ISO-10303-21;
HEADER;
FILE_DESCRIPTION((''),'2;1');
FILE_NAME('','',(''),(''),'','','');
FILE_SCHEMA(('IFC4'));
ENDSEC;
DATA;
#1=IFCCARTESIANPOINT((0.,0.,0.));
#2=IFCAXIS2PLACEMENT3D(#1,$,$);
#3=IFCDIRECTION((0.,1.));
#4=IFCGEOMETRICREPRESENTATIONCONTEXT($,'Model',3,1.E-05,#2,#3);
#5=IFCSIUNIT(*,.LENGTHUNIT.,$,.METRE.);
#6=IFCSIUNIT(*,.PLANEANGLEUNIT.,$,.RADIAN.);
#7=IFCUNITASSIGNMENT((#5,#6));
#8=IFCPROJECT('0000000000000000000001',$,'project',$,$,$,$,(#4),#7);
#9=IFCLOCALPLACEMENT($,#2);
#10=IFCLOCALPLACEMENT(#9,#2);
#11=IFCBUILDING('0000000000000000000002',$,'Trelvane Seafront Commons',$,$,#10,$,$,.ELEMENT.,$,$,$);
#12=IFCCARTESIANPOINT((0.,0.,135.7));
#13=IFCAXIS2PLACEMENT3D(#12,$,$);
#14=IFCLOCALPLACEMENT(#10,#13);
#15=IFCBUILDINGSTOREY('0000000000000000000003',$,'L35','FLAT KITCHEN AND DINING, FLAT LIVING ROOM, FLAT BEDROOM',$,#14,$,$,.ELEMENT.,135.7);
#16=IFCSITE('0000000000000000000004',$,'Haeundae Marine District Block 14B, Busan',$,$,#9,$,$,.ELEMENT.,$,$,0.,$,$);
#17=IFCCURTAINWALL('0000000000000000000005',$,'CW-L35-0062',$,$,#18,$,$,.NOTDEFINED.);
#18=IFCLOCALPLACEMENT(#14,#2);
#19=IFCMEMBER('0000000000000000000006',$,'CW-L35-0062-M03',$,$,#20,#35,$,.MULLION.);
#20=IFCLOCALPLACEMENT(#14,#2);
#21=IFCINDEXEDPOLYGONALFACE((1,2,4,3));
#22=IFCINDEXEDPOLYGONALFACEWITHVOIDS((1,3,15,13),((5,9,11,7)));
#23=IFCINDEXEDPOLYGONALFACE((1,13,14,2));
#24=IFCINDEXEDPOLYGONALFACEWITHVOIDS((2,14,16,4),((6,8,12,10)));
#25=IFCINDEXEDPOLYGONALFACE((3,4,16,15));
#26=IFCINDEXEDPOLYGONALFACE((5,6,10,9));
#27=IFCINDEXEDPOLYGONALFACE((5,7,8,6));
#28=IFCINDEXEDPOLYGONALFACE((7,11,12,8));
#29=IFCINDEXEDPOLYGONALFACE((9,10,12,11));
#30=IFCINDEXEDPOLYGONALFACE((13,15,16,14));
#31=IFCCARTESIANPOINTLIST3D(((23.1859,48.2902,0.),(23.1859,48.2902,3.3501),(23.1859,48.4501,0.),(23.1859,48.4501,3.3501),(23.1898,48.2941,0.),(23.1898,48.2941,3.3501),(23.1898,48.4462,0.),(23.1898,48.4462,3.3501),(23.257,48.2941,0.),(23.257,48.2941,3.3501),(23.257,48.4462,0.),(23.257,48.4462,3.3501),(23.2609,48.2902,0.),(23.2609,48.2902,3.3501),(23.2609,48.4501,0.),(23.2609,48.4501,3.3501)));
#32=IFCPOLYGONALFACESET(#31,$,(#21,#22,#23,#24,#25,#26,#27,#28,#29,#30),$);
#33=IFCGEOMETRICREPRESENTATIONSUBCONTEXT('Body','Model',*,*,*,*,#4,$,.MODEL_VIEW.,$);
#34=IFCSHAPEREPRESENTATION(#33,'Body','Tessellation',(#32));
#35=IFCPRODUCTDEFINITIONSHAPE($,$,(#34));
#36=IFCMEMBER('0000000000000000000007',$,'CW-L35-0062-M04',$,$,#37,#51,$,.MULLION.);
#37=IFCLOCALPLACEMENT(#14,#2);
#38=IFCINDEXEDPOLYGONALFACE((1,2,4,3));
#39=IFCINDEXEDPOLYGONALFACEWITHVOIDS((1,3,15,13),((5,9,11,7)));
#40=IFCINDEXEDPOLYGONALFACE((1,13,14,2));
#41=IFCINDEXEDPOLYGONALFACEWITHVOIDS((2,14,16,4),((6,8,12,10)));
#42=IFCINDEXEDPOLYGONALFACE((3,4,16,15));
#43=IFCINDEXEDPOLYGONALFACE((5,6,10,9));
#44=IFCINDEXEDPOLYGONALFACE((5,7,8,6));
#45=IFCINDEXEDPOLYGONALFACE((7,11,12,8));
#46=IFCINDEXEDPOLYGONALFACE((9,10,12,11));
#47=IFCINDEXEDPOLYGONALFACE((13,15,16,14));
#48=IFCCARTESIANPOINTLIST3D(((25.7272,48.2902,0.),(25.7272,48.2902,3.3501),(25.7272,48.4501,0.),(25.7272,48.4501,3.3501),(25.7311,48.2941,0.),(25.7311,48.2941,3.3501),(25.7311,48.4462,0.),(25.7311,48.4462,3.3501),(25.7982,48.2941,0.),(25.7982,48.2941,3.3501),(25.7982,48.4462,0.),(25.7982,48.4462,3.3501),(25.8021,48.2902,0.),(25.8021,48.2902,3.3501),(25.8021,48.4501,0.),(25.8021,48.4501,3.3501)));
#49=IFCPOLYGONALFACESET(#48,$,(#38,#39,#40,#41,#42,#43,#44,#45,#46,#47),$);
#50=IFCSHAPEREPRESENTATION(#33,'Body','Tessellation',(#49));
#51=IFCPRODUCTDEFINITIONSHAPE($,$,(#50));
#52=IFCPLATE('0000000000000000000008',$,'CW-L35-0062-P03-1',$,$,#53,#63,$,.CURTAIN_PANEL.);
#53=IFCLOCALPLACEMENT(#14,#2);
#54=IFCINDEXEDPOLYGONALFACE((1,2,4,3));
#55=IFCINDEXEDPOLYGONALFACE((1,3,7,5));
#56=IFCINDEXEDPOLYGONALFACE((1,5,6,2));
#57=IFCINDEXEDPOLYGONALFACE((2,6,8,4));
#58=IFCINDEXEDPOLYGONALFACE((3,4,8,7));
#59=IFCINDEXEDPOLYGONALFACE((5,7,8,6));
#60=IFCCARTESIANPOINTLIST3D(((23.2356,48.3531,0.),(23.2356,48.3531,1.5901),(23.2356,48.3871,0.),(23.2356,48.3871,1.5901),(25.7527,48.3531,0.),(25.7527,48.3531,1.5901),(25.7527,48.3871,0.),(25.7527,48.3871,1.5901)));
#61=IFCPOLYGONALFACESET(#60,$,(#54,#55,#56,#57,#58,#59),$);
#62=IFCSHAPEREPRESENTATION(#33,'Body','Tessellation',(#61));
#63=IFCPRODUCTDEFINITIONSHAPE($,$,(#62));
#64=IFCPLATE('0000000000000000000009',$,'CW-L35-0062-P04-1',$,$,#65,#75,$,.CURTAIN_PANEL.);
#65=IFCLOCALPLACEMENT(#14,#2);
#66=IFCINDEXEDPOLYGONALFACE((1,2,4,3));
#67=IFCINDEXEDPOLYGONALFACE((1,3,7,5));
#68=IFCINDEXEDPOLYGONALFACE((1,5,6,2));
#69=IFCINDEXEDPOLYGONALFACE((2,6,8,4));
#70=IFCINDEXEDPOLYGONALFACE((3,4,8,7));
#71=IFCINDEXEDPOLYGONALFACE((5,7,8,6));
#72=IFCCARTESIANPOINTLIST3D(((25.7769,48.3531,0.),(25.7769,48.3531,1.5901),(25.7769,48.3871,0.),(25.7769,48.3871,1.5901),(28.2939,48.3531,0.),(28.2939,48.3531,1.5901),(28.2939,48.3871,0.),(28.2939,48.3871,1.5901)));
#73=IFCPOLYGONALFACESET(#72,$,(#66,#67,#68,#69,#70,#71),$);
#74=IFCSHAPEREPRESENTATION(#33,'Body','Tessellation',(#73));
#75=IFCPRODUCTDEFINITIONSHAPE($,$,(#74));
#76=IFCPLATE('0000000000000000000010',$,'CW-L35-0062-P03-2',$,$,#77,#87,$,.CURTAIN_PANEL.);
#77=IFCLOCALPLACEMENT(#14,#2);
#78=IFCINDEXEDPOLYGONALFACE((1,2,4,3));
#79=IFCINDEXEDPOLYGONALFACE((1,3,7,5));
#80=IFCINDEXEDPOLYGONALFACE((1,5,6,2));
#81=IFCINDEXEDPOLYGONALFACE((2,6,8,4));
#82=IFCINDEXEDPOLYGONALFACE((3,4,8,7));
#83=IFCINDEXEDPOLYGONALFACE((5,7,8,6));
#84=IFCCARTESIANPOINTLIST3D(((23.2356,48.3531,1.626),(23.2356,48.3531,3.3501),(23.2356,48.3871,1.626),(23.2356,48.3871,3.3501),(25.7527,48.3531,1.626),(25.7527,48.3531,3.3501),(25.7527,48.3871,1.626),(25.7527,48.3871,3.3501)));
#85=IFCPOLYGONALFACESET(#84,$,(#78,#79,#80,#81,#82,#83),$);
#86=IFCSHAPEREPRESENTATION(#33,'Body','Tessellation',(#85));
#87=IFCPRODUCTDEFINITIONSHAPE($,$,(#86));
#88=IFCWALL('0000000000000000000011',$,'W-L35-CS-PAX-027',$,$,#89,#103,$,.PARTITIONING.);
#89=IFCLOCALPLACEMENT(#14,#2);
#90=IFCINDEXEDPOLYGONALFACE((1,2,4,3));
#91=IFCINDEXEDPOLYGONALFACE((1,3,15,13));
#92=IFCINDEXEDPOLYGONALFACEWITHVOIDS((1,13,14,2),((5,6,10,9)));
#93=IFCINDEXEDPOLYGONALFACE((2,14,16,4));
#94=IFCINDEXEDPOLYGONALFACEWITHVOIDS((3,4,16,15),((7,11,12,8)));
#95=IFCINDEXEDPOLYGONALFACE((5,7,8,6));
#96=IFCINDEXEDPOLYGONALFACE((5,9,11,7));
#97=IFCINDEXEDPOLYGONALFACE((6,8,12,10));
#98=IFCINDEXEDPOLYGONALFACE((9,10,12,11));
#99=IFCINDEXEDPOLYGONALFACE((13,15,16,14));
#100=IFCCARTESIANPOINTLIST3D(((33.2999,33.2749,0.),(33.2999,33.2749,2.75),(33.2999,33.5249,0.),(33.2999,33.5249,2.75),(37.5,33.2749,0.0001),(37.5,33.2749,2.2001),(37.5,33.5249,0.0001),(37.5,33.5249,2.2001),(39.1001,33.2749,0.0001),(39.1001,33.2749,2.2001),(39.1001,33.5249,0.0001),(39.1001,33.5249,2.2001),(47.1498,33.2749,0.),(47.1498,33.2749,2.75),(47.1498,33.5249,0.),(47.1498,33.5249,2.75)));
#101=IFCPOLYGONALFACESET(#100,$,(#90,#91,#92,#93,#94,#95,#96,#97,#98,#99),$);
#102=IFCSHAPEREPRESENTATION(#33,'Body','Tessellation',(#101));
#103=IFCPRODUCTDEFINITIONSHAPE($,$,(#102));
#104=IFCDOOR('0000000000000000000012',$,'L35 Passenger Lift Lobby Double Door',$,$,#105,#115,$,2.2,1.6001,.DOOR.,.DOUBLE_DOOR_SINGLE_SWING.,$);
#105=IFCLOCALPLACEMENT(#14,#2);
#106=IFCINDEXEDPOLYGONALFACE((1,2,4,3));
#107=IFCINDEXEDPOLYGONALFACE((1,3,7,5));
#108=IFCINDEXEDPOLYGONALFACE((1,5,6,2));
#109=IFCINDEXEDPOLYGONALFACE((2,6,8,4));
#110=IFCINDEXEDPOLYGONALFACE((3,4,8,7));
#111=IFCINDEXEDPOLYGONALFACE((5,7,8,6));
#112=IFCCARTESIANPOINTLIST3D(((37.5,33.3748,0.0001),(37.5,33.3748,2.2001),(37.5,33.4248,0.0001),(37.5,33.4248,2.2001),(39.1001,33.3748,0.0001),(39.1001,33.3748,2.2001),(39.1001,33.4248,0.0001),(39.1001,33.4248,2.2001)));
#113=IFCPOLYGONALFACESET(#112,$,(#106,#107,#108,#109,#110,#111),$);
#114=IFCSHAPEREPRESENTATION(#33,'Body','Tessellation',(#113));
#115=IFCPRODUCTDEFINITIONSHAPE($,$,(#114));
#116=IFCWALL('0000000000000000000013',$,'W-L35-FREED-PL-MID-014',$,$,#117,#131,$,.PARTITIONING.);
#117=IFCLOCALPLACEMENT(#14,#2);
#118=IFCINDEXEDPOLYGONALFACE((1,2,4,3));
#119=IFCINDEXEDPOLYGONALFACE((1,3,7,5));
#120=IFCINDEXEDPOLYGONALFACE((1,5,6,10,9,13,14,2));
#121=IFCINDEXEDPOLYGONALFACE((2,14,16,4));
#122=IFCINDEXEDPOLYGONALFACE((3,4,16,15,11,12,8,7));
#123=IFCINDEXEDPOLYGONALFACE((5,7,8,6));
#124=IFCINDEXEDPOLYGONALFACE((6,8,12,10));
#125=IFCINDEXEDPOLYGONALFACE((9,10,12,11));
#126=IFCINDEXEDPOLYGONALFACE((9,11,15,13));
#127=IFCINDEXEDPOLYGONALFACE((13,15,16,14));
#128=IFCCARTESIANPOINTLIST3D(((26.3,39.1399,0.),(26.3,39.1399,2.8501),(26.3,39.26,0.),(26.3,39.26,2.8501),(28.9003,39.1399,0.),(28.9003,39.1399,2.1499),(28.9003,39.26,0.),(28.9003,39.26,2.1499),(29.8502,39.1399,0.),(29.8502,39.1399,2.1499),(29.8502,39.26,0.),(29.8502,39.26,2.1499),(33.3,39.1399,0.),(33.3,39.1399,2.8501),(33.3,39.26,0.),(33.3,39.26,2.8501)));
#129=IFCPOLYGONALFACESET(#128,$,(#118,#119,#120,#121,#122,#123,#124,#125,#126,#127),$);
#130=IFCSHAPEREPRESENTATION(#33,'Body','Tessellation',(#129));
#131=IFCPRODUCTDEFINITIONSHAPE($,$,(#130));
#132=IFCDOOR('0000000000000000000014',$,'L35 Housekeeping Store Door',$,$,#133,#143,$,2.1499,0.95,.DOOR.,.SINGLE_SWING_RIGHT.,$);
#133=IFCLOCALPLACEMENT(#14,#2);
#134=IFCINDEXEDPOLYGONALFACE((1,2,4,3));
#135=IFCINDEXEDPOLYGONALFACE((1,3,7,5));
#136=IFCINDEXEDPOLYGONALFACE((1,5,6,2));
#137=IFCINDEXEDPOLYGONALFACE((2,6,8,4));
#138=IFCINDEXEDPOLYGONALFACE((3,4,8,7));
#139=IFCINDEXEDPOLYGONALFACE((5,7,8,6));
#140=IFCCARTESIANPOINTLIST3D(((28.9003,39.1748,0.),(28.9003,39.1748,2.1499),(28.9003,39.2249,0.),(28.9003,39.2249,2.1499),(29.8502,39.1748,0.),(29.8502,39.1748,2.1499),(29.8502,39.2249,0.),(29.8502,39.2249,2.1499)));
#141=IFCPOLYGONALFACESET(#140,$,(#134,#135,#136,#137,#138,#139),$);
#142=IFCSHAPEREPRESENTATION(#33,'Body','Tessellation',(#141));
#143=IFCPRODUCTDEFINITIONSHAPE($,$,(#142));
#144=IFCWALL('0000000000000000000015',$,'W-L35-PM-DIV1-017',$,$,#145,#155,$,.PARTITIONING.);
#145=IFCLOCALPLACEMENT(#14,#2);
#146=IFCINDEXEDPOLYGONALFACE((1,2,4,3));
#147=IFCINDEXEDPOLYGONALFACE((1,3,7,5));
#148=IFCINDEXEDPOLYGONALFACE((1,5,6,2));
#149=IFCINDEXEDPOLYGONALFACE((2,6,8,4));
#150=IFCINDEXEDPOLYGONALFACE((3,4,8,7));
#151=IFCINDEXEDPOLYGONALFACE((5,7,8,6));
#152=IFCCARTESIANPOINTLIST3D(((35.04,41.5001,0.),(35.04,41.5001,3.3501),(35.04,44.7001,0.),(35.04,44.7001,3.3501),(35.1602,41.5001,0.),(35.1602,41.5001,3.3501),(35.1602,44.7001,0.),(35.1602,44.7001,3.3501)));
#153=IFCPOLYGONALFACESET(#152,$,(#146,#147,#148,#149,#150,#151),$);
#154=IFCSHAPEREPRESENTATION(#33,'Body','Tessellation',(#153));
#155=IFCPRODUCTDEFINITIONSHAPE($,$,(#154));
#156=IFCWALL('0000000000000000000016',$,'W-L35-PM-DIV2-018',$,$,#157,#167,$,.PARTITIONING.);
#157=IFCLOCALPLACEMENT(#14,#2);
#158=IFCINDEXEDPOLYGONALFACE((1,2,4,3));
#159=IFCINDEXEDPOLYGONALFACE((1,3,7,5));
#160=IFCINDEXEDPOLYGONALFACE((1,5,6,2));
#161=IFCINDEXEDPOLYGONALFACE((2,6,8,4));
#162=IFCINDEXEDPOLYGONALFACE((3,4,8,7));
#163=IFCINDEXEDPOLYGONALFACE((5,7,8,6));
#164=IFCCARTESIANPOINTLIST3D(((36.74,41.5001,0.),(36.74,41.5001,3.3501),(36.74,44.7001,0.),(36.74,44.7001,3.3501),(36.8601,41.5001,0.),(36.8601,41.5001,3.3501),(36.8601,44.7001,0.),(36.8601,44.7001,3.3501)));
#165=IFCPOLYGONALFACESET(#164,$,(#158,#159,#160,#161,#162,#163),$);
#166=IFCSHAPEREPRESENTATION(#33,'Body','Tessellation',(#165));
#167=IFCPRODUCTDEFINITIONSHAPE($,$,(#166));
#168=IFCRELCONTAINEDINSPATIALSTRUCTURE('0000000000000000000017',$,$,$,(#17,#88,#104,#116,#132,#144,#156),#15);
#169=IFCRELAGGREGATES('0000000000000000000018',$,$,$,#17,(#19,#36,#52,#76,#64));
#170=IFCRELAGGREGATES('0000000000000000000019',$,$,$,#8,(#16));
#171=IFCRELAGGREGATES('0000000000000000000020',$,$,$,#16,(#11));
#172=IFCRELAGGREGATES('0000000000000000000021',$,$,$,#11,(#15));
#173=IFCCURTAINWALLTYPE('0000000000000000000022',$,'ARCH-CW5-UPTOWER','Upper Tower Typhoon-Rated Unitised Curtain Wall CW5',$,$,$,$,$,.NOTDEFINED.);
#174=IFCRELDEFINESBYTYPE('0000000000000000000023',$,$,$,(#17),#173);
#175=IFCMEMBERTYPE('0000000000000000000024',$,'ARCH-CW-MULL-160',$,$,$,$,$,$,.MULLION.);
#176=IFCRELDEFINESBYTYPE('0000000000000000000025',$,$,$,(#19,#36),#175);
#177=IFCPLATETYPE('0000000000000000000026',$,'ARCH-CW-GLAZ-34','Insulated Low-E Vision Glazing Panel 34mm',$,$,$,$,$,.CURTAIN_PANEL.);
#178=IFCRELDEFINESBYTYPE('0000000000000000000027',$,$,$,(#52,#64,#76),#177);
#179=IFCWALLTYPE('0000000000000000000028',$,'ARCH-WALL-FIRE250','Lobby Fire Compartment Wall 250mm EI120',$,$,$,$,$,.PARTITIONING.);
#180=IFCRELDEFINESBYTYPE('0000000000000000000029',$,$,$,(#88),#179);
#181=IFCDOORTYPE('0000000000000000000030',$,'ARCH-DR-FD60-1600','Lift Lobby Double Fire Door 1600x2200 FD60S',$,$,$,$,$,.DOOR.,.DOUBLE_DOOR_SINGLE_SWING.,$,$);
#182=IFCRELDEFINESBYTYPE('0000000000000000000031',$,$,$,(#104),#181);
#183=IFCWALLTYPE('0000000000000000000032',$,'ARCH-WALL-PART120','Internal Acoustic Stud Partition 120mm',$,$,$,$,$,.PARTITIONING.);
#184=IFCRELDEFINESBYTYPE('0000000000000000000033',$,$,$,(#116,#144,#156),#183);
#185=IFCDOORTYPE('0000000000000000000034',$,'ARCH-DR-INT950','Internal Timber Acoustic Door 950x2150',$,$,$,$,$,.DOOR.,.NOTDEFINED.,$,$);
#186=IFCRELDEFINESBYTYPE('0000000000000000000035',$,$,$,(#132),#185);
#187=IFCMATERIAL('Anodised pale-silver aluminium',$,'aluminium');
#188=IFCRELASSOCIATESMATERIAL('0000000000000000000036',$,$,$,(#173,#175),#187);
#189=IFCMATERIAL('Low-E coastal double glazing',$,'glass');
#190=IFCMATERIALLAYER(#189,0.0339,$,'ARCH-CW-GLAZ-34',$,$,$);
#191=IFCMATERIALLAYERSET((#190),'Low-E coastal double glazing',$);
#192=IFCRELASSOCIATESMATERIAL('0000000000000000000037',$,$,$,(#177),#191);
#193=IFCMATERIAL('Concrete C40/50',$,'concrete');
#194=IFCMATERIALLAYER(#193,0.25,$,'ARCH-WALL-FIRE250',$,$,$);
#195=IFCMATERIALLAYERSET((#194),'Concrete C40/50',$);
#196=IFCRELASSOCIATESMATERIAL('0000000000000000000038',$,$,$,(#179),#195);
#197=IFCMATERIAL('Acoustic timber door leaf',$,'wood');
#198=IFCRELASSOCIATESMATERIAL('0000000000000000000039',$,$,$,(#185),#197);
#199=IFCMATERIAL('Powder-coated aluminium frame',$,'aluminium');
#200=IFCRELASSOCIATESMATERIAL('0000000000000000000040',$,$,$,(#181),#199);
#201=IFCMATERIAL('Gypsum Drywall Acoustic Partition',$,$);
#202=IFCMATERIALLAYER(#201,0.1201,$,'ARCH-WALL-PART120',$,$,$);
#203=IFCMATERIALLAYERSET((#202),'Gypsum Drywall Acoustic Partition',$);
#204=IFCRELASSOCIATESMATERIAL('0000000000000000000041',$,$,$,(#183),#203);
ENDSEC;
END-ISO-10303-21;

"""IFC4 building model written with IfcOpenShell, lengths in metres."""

from ifc_helpers import new_model, si_unit, direction, frame, frame_2d, origin, origin_2d, place, context, subcontext, project, spatial, rectangle, hollow_rectangle, extrude, source, transform, mapped, material, layer, layer_set, material_profile, profile_set, type_object, element, fill, aggregate, save


model = new_model("IFC4")

# Units and contexts
model_context = context("Model", 3, precision=1e-05, world=origin(), true_north=direction((0.0, 1.0)))
body_context = subcontext(model_context, "Body", "Model", "MODEL_VIEW")
ifc_project = project(units=[si_unit("LENGTHUNIT", "METRE"), si_unit("PLANEANGLEUNIT", "RADIAN")], contexts=[model_context])

# Site, building, storey
site_placement = place(None, origin())
site = spatial("IfcSite", under=ifc_project, at=site_placement, Name="Haeundae Marine District Block 14B, Busan", CompositionType="ELEMENT", RefElevation=0.0)
building_placement = place(site_placement, origin())
building = spatial("IfcBuilding", under=site, at=building_placement, Name="Trelvane Seafront Commons", CompositionType="ELEMENT")
storey_placement = place(building_placement, frame((0.0, 0.0, 135.7)))
storey = spatial("IfcBuildingStorey", under=building, at=storey_placement, Name="L35", Description="FLAT KITCHEN AND DINING, FLAT LIVING ROOM, FLAT BEDROOM", CompositionType="ELEMENT", Elevation=135.7)

# Curtain wall, members, plates
ifc_material_1 = material(Name="Anodised pale-silver aluminium", Category="aluminium")
curtain_wall_type = type_object("IfcCurtainWallType", Name="ARCH-CW5-UPTOWER", Description="Upper Tower Typhoon-Rated Unitised Curtain Wall CW5", PredefinedType="NOTDEFINED", material=ifc_material_1)
curtain_wall_placement = place(storey_placement, origin())
curtain_wall = element("IfcCurtainWall", 1, at=curtain_wall_placement, inside=storey, type_object=curtain_wall_type, Name="CW-L35-0062", PredefinedType="NOTDEFINED")
ifc_material_profile_1 = material_profile(ifc_material_1, hollow_rectangle(XDim=0.075, YDim=0.1599, WallThickness=0.0039, at=origin_2d()), Name="MULL-75x160x4")
ifc_profile_set_1 = profile_set([ifc_material_profile_1], Name="Anodised pale-silver aluminium")
member_type_1 = type_object("IfcMemberType", Name="ARCH-CW-MULL-160", PredefinedType="MULLION", material=ifc_profile_set_1)
shared_shape_1 = source(origin(), body_context, "Body", "SweptSolid", [
    extrude(hollow_rectangle(XDim=0.075, YDim=0.1599, WallThickness=0.0039, at=origin_2d()), origin(), (0.0, 0.0, 1.0), 3.3501),
])
member_1_placement = place(storey_placement, frame((23.2234, 48.3701, 0.0), z_axis=(0.0, 0.0, 1.0), x_axis=(1.0, 0.0, 0.0)))
member_1 = element("IfcMember", 2, at=member_1_placement, type_object=member_type_1, Name="CW-L35-0062-M03", PredefinedType="MULLION", context=body_context, shape_type="MappedRepresentation", body=[
    mapped(shared_shape_1, transform((0.0, 0.0, 0.0), x_axis=(1.0, 0.0, 0.0), y_axis=(0.0, 1.0, 0.0), z_axis=(0.0, 0.0, 1.0), scale=1.0)),
])
member_2_placement = place(storey_placement, frame((25.7646, 48.3701, 0.0), z_axis=(0.0, 0.0, 1.0), x_axis=(1.0, 0.0, 0.0)))
member_2 = element("IfcMember", 3, at=member_2_placement, type_object=member_type_1, Name="CW-L35-0062-M04", PredefinedType="MULLION", context=body_context, shape_type="MappedRepresentation", body=[
    mapped(shared_shape_1, transform((0.0, 0.0, 0.0), x_axis=(1.0, 0.0, 0.0), y_axis=(0.0, 1.0, 0.0), z_axis=(0.0, 0.0, 1.0), scale=1.0)),
])
ifc_material_2 = material(Name="Low-E coastal double glazing", Category="glass")
ifc_layer_1 = layer(ifc_material_2, 0.0339, Name="ARCH-CW-GLAZ-34")
ifc_layer_set_1 = layer_set([ifc_layer_1], Name="Low-E coastal double glazing")
plate_type = type_object("IfcPlateType", Name="ARCH-CW-GLAZ-34", Description="Insulated Low-E Vision Glazing Panel 34mm", PredefinedType="CURTAIN_PANEL", material=ifc_layer_set_1)
shared_shape_2 = source(origin(), body_context, "Body", "SweptSolid", [
    extrude(rectangle(XDim=2.5171, YDim=0.0339, at=origin_2d()), origin(), (0.0, 0.0, 1.0), 1.5901),
])
plate_1_placement = place(storey_placement, frame((24.4941, 48.3701, 0.0), z_axis=(0.0, 0.0, 1.0), x_axis=(1.0, 0.0, 0.0)))
plate_1 = element("IfcPlate", 4, at=plate_1_placement, type_object=plate_type, Name="CW-L35-0062-P03-1", PredefinedType="CURTAIN_PANEL", context=body_context, shape_type="MappedRepresentation", body=[
    mapped(shared_shape_2, transform((0.0, 0.0, 0.0), x_axis=(1.0, 0.0, 0.0), y_axis=(0.0, 1.0, 0.0), z_axis=(0.0, 0.0, 1.0), scale=1.0)),
])
plate_2_placement = place(storey_placement, frame((27.0354, 48.3701, 0.0), z_axis=(0.0, 0.0, 1.0), x_axis=(1.0, 0.0, 0.0)))
plate_2 = element("IfcPlate", 5, at=plate_2_placement, type_object=plate_type, Name="CW-L35-0062-P04-1", PredefinedType="CURTAIN_PANEL", context=body_context, shape_type="MappedRepresentation", body=[
    mapped(shared_shape_2, transform((0.0, 0.0, 0.0), x_axis=(1.0, 0.0, 0.0), y_axis=(0.0, 1.0, 0.0), z_axis=(0.0, 0.0, 1.0), scale=1.0)),
])
shared_shape_3 = source(origin(), body_context, "Body", "SweptSolid", [
    extrude(rectangle(XDim=2.5171, YDim=0.0339, at=origin_2d()), origin(), (0.0, 0.0, 1.0), 1.7241),
])
plate_3_placement = place(storey_placement, frame((24.4941, 48.3701, 1.626), z_axis=(0.0, 0.0, 1.0), x_axis=(1.0, 0.0, 0.0)))
plate_3 = element("IfcPlate", 6, at=plate_3_placement, type_object=plate_type, Name="CW-L35-0062-P03-2", PredefinedType="CURTAIN_PANEL", context=body_context, shape_type="MappedRepresentation", body=[
    mapped(shared_shape_3, transform((0.0, 0.0, 0.0), x_axis=(1.0, 0.0, 0.0), y_axis=(0.0, 1.0, 0.0), z_axis=(0.0, 0.0, 1.0), scale=1.0)),
])
aggregate(curtain_wall, [member_1, member_2, plate_1, plate_3, plate_2])

# Walls, openings, doors
ifc_material_3 = material(Name="Concrete C40/50", Category="concrete")
ifc_layer_2 = layer(ifc_material_3, 0.25, Name="ARCH-WALL-FIRE250")
ifc_layer_set_2 = layer_set([ifc_layer_2], Name="Concrete C40/50")
wall_type_1 = type_object("IfcWallType", Name="ARCH-WALL-FIRE250", Description="Lobby Fire Compartment Wall 250mm EI120", PredefinedType="PARTITIONING", material=ifc_layer_set_2)
ifc_material_4 = material(Name="Acoustic timber door leaf", Category="wood")
door_type_1 = type_object("IfcDoorType", Name="ARCH-DR-INT950", Description="Internal Timber Acoustic Door 950x2150", OperationType="NOTDEFINED", PredefinedType="DOOR", material=ifc_material_4)
shared_shape_4 = source(origin(), body_context, "Body", "SweptSolid", [
    extrude(rectangle(XDim=0.95, YDim=2.1499, at=frame_2d((0.4751, 1.075))), frame((0.0, 0.0249, 0.0), z_axis=(0.0, -1.0, 0.0), x_axis=(1.0, 0.0, 0.0)), (0.0, 0.0, 1.0), 0.05),
])
wall_1_placement = place(storey_placement, frame((33.3, 33.3999, 0.0), z_axis=(0.0, 0.0, 1.0), x_axis=(1.0, 0.0, 0.0)))
wall_1 = element("IfcWall", 7, at=wall_1_placement, inside=storey, type_object=wall_type_1, Name="W-L35-CS-PAX-027", PredefinedType="PARTITIONING", context=body_context, shape_type="SweptSolid", body=[
    extrude(rectangle(XDim=13.8499, YDim=0.25, at=frame_2d((6.9248, 0.0))), origin(), (0.0, 0.0, 1.0), 2.75),
])
opening_1_placement = place(wall_1_placement, frame((4.2, 0.0, 0.0)))
opening_1 = element("IfcOpeningElement", 8, at=opening_1_placement, cuts=wall_1, PredefinedType="OPENING", context=body_context, shape_type="SweptSolid", body=[
    extrude(rectangle(XDim=1.6001, YDim=2.2, at=frame_2d((0.8, 1.1001))), frame((0.0, 0.135, 0.0), z_axis=(0.0, -1.0, 0.0), x_axis=(1.0, 0.0, 0.0)), (0.0, 0.0, 1.0), 0.27),
])
ifc_material_5 = material(Name="Powder-coated aluminium frame", Category="aluminium")
door_type_2 = type_object("IfcDoorType", Name="ARCH-DR-FD60-1600", Description="Lift Lobby Double Fire Door 1600x2200 FD60S", OperationType="DOUBLE_DOOR_SINGLE_SWING", PredefinedType="DOOR", material=ifc_material_5)
shared_shape_5 = source(origin(), body_context, "Body", "SweptSolid", [
    extrude(rectangle(XDim=1.6001, YDim=2.2, at=frame_2d((0.8, 1.1001))), frame((0.0, 0.0249, 0.0), z_axis=(0.0, -1.0, 0.0), x_axis=(1.0, 0.0, 0.0)), (0.0, 0.0, 1.0), 0.05),
])
door_1_placement = place(opening_1_placement, origin())
door_1 = element("IfcDoor", 9, at=door_1_placement, inside=storey, type_object=door_type_2, Name="L35 Passenger Lift Lobby Double Door", OperationType="DOUBLE_DOOR_SINGLE_SWING", OverallHeight=2.2, OverallWidth=1.6001, PredefinedType="DOOR", context=body_context, shape_type="MappedRepresentation", body=[
    mapped(shared_shape_5, transform((0.0, 0.0, 0.0), x_axis=(1.0, 0.0, 0.0), y_axis=(0.0, 1.0, 0.0), z_axis=(0.0, 0.0, 1.0), scale=1.0)),
])
fill(opening_1, door_1)
ifc_material_6 = material(Name="Gypsum Drywall Acoustic Partition")
ifc_layer_3 = layer(ifc_material_6, 0.1201, Name="ARCH-WALL-PART120")
ifc_layer_set_3 = layer_set([ifc_layer_3], Name="Gypsum Drywall Acoustic Partition")
wall_type_2 = type_object("IfcWallType", Name="ARCH-WALL-PART120", Description="Internal Acoustic Stud Partition 120mm", PredefinedType="PARTITIONING", material=ifc_layer_set_3)
wall_2_placement = place(storey_placement, frame((26.3, 39.2, 0.0), z_axis=(0.0, 0.0, 1.0), x_axis=(1.0, 0.0, 0.0)))
wall_2 = element("IfcWall", 10, at=wall_2_placement, inside=storey, type_object=wall_type_2, Name="W-L35-FREED-PL-MID-014", PredefinedType="PARTITIONING", context=body_context, shape_type="SweptSolid", body=[
    extrude(rectangle(XDim=7.0, YDim=0.1201, at=frame_2d((3.5, 0.0))), origin(), (0.0, 0.0, 1.0), 2.8501),
])
opening_2_placement = place(wall_2_placement, frame((2.6001, 0.0, 0.0)))
opening_2 = element("IfcOpeningElement", 11, at=opening_2_placement, cuts=wall_2, PredefinedType="OPENING", context=body_context, shape_type="SweptSolid", body=[
    extrude(rectangle(XDim=0.95, YDim=2.1499, at=frame_2d((0.4751, 1.075))), frame((0.0, 0.0701, 0.0), z_axis=(0.0, -1.0, 0.0), x_axis=(1.0, 0.0, 0.0)), (0.0, 0.0, 1.0), 0.1401),
])
door_2_placement = place(opening_2_placement, origin())
door_2 = element("IfcDoor", 12, at=door_2_placement, inside=storey, type_object=door_type_1, Name="L35 Housekeeping Store Door", OperationType="SINGLE_SWING_RIGHT", OverallHeight=2.1499, OverallWidth=0.95, PredefinedType="DOOR", context=body_context, shape_type="MappedRepresentation", body=[
    mapped(shared_shape_4, transform((0.0, 0.0, 0.0), x_axis=(1.0, 0.0, 0.0), y_axis=(0.0, 1.0, 0.0), z_axis=(0.0, 0.0, 1.0), scale=1.0)),
])
fill(opening_2, door_2)

# Walls
for number, where, z_axis, x_axis, name in (
    (13, (35.1001, 41.5, 0.0), (0.0, 0.0, 1.0), (0.0, 1.0, 0.0), "W-L35-PM-DIV1-017"),
    (14, (36.8, 41.5, 0.0), (0.0, 0.0, 1.0), (0.0, 1.0, 0.0), "W-L35-PM-DIV2-018"),
):
    element("IfcWall", number, at=place(storey_placement, frame(where, z_axis=z_axis, x_axis=x_axis)), inside=storey, type_object=wall_type_2, Name=name, PredefinedType="PARTITIONING", context=body_context, shape_type="SweptSolid", body=[
        extrude(rectangle(XDim=3.2, YDim=0.1201, at=frame_2d((1.6001, 0.0))), origin(), (0.0, 0.0, 1.0), 3.3501),
    ])

save(model, "model.ifc")
